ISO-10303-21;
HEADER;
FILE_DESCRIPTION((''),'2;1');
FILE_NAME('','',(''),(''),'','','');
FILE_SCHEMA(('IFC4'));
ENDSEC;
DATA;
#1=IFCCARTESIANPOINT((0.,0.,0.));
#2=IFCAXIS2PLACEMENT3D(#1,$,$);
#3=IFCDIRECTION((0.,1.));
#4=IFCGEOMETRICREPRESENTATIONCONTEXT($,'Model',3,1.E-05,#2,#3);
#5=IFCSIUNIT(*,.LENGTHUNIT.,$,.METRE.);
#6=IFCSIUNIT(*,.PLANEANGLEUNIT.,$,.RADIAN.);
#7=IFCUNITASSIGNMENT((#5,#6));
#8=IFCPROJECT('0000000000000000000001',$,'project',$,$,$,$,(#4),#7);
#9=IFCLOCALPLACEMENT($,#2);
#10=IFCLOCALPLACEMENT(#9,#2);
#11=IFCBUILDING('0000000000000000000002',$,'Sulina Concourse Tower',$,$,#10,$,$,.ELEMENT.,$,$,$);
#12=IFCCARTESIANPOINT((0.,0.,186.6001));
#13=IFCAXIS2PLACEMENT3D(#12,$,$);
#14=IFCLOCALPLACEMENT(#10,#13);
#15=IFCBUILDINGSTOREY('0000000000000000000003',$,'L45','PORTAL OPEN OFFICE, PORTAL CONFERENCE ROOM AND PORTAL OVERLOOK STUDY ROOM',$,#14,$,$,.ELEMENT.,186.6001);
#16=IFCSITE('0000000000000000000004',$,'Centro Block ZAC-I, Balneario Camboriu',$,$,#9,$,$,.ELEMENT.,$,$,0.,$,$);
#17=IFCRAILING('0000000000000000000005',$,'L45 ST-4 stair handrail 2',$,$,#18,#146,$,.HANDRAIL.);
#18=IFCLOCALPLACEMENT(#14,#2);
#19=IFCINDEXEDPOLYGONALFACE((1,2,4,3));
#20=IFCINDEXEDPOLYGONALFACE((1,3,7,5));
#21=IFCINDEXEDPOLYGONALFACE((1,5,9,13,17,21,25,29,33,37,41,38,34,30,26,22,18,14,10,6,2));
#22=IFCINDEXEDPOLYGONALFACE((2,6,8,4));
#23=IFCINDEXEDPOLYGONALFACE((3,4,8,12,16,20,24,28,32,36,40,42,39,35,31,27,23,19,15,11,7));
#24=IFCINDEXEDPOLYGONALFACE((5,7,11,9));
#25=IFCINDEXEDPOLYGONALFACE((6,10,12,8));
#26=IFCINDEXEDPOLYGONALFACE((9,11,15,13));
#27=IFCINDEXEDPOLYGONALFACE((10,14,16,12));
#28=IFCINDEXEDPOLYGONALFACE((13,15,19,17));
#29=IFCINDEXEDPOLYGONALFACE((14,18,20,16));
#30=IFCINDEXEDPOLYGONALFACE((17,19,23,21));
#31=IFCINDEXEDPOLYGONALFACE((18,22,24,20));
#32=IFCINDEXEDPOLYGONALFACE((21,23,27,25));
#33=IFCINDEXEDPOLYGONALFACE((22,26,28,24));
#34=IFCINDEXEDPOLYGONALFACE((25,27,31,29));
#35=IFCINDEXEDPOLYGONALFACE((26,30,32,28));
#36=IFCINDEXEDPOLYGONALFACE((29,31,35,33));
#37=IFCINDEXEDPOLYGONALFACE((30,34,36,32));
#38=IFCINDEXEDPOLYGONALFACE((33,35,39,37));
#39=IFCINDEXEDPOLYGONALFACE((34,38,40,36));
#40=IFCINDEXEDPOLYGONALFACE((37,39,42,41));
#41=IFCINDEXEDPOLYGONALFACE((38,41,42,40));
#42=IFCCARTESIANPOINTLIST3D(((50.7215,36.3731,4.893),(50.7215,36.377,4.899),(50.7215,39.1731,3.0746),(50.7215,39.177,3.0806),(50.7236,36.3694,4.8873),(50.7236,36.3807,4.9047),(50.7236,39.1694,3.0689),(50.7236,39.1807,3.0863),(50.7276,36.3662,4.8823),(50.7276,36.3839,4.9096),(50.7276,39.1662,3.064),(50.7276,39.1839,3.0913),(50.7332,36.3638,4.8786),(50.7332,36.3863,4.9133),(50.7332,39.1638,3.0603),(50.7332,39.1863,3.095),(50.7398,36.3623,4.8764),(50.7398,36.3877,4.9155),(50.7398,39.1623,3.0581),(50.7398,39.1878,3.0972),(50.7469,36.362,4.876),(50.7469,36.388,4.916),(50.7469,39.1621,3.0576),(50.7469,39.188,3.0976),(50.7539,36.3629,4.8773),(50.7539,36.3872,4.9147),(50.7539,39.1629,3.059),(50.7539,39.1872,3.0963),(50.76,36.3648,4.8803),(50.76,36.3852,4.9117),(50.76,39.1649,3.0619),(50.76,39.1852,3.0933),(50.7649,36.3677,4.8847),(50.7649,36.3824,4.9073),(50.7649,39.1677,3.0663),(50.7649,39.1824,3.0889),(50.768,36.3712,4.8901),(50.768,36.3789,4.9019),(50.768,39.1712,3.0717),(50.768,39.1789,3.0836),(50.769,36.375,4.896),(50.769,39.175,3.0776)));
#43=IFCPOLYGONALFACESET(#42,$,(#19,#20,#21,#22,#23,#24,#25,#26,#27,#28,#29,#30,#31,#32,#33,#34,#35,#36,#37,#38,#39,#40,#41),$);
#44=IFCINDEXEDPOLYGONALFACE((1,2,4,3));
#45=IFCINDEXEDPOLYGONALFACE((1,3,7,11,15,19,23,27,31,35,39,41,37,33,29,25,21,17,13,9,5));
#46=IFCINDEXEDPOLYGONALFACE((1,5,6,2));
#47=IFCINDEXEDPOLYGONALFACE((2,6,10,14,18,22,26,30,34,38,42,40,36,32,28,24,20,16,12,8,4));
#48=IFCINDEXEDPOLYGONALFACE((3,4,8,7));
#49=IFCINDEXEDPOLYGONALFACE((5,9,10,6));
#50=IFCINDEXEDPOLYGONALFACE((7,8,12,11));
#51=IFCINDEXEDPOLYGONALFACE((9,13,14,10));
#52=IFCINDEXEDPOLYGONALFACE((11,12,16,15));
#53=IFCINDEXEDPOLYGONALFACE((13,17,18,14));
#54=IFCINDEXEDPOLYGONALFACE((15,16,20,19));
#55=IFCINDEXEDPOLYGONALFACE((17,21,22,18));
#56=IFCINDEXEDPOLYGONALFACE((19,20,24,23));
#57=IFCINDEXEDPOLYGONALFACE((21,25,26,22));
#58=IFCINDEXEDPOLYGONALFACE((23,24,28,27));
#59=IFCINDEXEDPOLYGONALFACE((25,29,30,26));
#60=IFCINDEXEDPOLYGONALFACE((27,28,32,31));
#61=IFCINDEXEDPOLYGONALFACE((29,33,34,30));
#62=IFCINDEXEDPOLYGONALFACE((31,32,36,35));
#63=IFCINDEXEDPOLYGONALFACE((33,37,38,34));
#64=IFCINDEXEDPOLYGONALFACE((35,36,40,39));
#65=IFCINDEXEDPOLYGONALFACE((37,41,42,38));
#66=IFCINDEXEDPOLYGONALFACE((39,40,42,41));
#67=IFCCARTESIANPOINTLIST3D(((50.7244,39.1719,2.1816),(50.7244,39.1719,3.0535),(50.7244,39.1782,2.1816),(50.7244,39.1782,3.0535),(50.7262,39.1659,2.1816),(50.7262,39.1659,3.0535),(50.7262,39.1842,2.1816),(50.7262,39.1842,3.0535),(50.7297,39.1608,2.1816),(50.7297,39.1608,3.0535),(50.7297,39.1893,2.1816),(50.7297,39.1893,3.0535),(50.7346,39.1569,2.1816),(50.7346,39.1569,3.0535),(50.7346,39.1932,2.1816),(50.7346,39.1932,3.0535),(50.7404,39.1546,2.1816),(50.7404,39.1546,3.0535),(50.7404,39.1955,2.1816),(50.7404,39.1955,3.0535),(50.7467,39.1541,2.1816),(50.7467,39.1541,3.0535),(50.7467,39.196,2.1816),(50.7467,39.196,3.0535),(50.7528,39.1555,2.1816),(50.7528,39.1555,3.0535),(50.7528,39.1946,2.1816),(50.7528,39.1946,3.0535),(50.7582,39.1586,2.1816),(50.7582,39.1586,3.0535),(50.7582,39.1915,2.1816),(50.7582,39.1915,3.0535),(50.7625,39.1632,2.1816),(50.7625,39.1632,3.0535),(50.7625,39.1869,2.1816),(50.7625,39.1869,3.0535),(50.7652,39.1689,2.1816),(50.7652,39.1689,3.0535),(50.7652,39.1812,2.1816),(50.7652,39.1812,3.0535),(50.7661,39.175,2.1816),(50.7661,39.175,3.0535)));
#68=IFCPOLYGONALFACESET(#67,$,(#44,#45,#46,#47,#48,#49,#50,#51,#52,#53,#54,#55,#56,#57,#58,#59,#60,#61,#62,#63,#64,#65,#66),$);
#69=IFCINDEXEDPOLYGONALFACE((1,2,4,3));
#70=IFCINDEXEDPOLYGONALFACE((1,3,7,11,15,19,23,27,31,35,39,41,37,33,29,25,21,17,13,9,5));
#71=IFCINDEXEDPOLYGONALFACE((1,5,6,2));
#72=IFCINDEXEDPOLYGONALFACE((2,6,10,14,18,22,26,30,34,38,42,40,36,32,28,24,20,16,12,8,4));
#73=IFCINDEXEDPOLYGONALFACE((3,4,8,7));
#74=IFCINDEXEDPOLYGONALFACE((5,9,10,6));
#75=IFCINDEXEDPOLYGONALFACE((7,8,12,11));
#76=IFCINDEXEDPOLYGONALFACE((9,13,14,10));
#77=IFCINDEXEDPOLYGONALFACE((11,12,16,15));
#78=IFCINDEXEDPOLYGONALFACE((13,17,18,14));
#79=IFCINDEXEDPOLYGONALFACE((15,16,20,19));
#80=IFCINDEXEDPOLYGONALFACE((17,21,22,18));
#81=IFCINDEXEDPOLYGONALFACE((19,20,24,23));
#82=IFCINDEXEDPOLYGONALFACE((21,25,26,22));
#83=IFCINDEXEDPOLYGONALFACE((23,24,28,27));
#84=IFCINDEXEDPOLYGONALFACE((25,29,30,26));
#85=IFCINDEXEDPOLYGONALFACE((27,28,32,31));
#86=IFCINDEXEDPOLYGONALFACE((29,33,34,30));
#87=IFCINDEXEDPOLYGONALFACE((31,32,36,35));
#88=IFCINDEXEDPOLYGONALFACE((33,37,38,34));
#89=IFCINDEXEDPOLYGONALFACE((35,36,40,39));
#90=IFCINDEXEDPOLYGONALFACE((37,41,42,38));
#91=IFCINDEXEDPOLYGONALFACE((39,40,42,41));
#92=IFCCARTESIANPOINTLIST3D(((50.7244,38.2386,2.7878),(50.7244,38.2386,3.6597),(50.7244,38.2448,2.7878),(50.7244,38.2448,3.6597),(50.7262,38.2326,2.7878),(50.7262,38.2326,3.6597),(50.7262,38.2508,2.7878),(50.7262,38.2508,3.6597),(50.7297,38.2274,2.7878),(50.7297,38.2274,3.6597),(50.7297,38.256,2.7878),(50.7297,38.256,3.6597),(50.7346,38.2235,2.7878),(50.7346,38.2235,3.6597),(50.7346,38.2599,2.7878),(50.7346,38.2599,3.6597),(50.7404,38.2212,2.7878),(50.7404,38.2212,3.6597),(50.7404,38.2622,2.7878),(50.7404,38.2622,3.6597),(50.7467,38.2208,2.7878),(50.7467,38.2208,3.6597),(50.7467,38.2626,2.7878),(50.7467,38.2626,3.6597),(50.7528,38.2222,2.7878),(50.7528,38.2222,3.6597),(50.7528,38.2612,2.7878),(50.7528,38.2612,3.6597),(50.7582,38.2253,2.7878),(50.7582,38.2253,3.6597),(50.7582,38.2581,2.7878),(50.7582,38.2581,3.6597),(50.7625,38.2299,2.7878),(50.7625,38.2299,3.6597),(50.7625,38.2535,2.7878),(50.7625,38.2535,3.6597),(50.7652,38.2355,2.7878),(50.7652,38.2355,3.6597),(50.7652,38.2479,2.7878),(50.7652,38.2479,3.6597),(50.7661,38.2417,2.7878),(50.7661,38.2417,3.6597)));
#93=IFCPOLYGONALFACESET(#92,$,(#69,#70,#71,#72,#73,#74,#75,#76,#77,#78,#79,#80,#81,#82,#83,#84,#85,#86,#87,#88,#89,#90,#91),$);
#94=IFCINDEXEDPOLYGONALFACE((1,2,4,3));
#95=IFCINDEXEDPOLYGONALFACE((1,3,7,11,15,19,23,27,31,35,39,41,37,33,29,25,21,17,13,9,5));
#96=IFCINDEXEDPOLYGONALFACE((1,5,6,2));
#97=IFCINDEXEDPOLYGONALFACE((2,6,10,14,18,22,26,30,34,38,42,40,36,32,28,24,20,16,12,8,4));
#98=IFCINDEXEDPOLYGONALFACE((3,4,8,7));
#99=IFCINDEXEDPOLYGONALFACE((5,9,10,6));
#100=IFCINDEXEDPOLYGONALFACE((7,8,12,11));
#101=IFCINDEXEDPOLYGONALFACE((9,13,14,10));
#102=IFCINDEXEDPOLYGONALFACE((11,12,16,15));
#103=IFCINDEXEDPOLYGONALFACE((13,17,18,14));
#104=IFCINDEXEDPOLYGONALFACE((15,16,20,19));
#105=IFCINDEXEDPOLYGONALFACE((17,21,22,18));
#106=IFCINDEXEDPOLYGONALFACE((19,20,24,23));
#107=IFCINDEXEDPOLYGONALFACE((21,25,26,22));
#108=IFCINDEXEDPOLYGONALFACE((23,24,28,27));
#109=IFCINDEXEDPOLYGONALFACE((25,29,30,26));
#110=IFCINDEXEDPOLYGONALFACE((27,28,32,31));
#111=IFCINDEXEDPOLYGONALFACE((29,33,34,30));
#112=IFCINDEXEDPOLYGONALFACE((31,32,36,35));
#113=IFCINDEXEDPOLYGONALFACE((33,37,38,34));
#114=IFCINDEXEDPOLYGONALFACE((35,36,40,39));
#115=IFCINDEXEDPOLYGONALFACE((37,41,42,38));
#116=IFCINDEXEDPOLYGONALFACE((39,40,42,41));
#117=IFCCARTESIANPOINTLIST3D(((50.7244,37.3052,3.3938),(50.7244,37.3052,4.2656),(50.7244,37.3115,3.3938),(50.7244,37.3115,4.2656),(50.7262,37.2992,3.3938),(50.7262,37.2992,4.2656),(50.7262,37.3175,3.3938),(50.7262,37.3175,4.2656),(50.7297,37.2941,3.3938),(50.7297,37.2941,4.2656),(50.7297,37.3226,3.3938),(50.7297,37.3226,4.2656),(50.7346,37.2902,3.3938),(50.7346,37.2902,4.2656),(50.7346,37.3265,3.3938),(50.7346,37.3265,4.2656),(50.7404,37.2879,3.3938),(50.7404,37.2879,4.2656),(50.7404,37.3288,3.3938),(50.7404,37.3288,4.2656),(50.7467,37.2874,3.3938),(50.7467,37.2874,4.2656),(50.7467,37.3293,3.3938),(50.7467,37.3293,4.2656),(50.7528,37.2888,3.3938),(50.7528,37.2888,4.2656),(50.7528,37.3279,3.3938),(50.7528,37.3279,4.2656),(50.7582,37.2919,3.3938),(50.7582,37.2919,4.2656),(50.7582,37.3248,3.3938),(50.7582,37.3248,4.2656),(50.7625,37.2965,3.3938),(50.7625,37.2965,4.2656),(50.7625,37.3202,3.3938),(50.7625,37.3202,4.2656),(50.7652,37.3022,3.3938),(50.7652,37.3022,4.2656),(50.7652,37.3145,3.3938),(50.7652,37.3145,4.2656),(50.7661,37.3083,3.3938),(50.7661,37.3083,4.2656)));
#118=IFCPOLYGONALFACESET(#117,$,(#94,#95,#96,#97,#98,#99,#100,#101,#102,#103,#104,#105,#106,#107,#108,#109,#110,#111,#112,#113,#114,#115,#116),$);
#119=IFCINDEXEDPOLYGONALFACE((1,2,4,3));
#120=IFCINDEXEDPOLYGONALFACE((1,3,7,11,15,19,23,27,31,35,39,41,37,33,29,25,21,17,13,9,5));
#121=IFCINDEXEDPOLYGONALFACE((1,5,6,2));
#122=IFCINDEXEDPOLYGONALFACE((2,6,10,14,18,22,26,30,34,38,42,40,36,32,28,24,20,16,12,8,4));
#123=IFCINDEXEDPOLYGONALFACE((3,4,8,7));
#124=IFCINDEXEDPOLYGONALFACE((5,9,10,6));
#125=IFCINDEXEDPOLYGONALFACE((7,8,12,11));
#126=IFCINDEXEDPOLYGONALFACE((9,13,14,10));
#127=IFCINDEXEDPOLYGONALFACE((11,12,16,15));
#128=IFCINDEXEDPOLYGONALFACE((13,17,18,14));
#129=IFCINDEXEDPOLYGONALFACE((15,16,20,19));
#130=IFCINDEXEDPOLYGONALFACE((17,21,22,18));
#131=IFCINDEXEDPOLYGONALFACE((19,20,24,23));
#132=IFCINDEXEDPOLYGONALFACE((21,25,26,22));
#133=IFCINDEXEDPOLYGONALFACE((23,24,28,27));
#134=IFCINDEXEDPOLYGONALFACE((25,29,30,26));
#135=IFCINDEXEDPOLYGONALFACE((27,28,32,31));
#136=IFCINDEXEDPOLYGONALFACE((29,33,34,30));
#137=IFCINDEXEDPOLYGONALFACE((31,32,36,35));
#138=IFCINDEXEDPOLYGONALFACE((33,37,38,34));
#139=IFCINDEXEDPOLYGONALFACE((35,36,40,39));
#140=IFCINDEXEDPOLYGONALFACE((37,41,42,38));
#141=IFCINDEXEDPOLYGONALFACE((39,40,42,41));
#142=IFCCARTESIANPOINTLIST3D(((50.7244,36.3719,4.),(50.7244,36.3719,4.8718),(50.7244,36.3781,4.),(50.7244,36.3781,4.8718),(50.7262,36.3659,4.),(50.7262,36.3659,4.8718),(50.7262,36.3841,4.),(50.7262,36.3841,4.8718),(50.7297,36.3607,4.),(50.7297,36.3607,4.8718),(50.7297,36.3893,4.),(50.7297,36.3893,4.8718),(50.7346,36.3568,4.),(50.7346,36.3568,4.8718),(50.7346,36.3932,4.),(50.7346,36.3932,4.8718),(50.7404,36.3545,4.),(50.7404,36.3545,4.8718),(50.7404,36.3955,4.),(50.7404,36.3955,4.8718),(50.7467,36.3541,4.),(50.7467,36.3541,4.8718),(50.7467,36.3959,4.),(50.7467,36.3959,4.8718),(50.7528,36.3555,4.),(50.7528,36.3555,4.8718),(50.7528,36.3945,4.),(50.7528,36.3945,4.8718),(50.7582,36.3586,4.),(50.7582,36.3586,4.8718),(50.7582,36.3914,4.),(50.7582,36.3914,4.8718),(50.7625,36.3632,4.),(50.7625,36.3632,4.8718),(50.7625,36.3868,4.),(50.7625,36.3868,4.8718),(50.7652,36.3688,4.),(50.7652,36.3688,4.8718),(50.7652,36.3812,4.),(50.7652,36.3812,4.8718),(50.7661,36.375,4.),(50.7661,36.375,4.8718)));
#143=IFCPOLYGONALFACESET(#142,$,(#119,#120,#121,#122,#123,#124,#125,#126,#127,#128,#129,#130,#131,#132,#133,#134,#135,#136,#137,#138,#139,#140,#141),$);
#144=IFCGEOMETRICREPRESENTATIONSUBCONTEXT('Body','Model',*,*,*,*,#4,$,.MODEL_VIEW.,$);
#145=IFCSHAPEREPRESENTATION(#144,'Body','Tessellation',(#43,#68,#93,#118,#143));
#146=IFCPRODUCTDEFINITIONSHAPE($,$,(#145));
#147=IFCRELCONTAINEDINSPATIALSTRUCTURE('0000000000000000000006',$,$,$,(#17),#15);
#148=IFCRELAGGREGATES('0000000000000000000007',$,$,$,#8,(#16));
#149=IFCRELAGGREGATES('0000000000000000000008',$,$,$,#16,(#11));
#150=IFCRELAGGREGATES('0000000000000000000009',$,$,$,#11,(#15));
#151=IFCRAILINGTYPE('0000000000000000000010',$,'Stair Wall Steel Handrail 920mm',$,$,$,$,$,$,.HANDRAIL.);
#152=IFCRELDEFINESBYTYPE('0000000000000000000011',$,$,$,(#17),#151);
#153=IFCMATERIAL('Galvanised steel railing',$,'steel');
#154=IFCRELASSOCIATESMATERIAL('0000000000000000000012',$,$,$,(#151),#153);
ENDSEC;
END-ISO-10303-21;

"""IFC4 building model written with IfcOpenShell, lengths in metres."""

from ifc_helpers import new_model, si_unit, direction, frame, origin, origin_2d, place, context, subcontext, project, spatial, circle, extrude, material, type_object, element, save


model = new_model("IFC4")

# Units and contexts
model_context = context("Model", 3, precision=1e-05, world=origin(), true_north=direction((0.0, 1.0)))
body_context = subcontext(model_context, "Body", "Model", "MODEL_VIEW")
ifc_project = project(units=[si_unit("LENGTHUNIT", "METRE"), si_unit("PLANEANGLEUNIT", "RADIAN")], contexts=[model_context])

# Site, building, storey
site_placement = place(None, origin())
site = spatial("IfcSite", under=ifc_project, at=site_placement, Name="Centro Block ZAC-I, Balneario Camboriu", CompositionType="ELEMENT", RefElevation=0.0)
building_placement = place(site_placement, origin())
building = spatial("IfcBuilding", under=site, at=building_placement, Name="Sulina Concourse Tower", CompositionType="ELEMENT")
storey_placement = place(building_placement, frame((0.0, 0.0, 186.6001)))
storey = spatial("IfcBuildingStorey", under=building, at=storey_placement, Name="L45", Description="PORTAL OPEN OFFICE, PORTAL CONFERENCE ROOM AND PORTAL OVERLOOK STUDY ROOM", CompositionType="ELEMENT", Elevation=186.6001)

# Railing
ifc_material_1 = material(Name="Galvanised steel railing", Category="steel")
railing_type_1 = type_object("IfcRailingType", Name="Stair Wall Steel Handrail 920mm", PredefinedType="HANDRAIL", material=ifc_material_1)
railing_1_placement = place(storey_placement, frame((50.7451, 39.175, 2.1816)))
element("IfcRailing", 1, at=railing_1_placement, inside=storey, type_object=railing_type_1, Name="L45 ST-4 stair handrail 2", PredefinedType="HANDRAIL", context=body_context, shape_type="SweptSolid", body=[
    extrude(circle(Radius=0.0239, at=origin_2d()), frame((0.0, 0.0, 0.896), z_axis=(0.0, -0.838672, 0.544636), x_axis=(1.0, 0.0, 0.0)), (0.0, 0.0, 1.0), 3.3386),
    extrude(circle(Radius=0.021, at=origin_2d()), origin(), (0.0, 0.0, 1.0), 0.8718),
    extrude(circle(Radius=0.021, at=origin_2d()), frame((0.0, -0.9333, 0.6062)), (0.0, 0.0, 1.0), 0.8718),
    extrude(circle(Radius=0.021, at=origin_2d()), frame((0.0, -1.8667, 1.2122)), (0.0, 0.0, 1.0), 0.8718),
    extrude(circle(Radius=0.021, at=origin_2d()), frame((0.0, -2.8, 1.8184)), (0.0, 0.0, 1.0), 0.8718),
])

save(model, "model.ifc")
